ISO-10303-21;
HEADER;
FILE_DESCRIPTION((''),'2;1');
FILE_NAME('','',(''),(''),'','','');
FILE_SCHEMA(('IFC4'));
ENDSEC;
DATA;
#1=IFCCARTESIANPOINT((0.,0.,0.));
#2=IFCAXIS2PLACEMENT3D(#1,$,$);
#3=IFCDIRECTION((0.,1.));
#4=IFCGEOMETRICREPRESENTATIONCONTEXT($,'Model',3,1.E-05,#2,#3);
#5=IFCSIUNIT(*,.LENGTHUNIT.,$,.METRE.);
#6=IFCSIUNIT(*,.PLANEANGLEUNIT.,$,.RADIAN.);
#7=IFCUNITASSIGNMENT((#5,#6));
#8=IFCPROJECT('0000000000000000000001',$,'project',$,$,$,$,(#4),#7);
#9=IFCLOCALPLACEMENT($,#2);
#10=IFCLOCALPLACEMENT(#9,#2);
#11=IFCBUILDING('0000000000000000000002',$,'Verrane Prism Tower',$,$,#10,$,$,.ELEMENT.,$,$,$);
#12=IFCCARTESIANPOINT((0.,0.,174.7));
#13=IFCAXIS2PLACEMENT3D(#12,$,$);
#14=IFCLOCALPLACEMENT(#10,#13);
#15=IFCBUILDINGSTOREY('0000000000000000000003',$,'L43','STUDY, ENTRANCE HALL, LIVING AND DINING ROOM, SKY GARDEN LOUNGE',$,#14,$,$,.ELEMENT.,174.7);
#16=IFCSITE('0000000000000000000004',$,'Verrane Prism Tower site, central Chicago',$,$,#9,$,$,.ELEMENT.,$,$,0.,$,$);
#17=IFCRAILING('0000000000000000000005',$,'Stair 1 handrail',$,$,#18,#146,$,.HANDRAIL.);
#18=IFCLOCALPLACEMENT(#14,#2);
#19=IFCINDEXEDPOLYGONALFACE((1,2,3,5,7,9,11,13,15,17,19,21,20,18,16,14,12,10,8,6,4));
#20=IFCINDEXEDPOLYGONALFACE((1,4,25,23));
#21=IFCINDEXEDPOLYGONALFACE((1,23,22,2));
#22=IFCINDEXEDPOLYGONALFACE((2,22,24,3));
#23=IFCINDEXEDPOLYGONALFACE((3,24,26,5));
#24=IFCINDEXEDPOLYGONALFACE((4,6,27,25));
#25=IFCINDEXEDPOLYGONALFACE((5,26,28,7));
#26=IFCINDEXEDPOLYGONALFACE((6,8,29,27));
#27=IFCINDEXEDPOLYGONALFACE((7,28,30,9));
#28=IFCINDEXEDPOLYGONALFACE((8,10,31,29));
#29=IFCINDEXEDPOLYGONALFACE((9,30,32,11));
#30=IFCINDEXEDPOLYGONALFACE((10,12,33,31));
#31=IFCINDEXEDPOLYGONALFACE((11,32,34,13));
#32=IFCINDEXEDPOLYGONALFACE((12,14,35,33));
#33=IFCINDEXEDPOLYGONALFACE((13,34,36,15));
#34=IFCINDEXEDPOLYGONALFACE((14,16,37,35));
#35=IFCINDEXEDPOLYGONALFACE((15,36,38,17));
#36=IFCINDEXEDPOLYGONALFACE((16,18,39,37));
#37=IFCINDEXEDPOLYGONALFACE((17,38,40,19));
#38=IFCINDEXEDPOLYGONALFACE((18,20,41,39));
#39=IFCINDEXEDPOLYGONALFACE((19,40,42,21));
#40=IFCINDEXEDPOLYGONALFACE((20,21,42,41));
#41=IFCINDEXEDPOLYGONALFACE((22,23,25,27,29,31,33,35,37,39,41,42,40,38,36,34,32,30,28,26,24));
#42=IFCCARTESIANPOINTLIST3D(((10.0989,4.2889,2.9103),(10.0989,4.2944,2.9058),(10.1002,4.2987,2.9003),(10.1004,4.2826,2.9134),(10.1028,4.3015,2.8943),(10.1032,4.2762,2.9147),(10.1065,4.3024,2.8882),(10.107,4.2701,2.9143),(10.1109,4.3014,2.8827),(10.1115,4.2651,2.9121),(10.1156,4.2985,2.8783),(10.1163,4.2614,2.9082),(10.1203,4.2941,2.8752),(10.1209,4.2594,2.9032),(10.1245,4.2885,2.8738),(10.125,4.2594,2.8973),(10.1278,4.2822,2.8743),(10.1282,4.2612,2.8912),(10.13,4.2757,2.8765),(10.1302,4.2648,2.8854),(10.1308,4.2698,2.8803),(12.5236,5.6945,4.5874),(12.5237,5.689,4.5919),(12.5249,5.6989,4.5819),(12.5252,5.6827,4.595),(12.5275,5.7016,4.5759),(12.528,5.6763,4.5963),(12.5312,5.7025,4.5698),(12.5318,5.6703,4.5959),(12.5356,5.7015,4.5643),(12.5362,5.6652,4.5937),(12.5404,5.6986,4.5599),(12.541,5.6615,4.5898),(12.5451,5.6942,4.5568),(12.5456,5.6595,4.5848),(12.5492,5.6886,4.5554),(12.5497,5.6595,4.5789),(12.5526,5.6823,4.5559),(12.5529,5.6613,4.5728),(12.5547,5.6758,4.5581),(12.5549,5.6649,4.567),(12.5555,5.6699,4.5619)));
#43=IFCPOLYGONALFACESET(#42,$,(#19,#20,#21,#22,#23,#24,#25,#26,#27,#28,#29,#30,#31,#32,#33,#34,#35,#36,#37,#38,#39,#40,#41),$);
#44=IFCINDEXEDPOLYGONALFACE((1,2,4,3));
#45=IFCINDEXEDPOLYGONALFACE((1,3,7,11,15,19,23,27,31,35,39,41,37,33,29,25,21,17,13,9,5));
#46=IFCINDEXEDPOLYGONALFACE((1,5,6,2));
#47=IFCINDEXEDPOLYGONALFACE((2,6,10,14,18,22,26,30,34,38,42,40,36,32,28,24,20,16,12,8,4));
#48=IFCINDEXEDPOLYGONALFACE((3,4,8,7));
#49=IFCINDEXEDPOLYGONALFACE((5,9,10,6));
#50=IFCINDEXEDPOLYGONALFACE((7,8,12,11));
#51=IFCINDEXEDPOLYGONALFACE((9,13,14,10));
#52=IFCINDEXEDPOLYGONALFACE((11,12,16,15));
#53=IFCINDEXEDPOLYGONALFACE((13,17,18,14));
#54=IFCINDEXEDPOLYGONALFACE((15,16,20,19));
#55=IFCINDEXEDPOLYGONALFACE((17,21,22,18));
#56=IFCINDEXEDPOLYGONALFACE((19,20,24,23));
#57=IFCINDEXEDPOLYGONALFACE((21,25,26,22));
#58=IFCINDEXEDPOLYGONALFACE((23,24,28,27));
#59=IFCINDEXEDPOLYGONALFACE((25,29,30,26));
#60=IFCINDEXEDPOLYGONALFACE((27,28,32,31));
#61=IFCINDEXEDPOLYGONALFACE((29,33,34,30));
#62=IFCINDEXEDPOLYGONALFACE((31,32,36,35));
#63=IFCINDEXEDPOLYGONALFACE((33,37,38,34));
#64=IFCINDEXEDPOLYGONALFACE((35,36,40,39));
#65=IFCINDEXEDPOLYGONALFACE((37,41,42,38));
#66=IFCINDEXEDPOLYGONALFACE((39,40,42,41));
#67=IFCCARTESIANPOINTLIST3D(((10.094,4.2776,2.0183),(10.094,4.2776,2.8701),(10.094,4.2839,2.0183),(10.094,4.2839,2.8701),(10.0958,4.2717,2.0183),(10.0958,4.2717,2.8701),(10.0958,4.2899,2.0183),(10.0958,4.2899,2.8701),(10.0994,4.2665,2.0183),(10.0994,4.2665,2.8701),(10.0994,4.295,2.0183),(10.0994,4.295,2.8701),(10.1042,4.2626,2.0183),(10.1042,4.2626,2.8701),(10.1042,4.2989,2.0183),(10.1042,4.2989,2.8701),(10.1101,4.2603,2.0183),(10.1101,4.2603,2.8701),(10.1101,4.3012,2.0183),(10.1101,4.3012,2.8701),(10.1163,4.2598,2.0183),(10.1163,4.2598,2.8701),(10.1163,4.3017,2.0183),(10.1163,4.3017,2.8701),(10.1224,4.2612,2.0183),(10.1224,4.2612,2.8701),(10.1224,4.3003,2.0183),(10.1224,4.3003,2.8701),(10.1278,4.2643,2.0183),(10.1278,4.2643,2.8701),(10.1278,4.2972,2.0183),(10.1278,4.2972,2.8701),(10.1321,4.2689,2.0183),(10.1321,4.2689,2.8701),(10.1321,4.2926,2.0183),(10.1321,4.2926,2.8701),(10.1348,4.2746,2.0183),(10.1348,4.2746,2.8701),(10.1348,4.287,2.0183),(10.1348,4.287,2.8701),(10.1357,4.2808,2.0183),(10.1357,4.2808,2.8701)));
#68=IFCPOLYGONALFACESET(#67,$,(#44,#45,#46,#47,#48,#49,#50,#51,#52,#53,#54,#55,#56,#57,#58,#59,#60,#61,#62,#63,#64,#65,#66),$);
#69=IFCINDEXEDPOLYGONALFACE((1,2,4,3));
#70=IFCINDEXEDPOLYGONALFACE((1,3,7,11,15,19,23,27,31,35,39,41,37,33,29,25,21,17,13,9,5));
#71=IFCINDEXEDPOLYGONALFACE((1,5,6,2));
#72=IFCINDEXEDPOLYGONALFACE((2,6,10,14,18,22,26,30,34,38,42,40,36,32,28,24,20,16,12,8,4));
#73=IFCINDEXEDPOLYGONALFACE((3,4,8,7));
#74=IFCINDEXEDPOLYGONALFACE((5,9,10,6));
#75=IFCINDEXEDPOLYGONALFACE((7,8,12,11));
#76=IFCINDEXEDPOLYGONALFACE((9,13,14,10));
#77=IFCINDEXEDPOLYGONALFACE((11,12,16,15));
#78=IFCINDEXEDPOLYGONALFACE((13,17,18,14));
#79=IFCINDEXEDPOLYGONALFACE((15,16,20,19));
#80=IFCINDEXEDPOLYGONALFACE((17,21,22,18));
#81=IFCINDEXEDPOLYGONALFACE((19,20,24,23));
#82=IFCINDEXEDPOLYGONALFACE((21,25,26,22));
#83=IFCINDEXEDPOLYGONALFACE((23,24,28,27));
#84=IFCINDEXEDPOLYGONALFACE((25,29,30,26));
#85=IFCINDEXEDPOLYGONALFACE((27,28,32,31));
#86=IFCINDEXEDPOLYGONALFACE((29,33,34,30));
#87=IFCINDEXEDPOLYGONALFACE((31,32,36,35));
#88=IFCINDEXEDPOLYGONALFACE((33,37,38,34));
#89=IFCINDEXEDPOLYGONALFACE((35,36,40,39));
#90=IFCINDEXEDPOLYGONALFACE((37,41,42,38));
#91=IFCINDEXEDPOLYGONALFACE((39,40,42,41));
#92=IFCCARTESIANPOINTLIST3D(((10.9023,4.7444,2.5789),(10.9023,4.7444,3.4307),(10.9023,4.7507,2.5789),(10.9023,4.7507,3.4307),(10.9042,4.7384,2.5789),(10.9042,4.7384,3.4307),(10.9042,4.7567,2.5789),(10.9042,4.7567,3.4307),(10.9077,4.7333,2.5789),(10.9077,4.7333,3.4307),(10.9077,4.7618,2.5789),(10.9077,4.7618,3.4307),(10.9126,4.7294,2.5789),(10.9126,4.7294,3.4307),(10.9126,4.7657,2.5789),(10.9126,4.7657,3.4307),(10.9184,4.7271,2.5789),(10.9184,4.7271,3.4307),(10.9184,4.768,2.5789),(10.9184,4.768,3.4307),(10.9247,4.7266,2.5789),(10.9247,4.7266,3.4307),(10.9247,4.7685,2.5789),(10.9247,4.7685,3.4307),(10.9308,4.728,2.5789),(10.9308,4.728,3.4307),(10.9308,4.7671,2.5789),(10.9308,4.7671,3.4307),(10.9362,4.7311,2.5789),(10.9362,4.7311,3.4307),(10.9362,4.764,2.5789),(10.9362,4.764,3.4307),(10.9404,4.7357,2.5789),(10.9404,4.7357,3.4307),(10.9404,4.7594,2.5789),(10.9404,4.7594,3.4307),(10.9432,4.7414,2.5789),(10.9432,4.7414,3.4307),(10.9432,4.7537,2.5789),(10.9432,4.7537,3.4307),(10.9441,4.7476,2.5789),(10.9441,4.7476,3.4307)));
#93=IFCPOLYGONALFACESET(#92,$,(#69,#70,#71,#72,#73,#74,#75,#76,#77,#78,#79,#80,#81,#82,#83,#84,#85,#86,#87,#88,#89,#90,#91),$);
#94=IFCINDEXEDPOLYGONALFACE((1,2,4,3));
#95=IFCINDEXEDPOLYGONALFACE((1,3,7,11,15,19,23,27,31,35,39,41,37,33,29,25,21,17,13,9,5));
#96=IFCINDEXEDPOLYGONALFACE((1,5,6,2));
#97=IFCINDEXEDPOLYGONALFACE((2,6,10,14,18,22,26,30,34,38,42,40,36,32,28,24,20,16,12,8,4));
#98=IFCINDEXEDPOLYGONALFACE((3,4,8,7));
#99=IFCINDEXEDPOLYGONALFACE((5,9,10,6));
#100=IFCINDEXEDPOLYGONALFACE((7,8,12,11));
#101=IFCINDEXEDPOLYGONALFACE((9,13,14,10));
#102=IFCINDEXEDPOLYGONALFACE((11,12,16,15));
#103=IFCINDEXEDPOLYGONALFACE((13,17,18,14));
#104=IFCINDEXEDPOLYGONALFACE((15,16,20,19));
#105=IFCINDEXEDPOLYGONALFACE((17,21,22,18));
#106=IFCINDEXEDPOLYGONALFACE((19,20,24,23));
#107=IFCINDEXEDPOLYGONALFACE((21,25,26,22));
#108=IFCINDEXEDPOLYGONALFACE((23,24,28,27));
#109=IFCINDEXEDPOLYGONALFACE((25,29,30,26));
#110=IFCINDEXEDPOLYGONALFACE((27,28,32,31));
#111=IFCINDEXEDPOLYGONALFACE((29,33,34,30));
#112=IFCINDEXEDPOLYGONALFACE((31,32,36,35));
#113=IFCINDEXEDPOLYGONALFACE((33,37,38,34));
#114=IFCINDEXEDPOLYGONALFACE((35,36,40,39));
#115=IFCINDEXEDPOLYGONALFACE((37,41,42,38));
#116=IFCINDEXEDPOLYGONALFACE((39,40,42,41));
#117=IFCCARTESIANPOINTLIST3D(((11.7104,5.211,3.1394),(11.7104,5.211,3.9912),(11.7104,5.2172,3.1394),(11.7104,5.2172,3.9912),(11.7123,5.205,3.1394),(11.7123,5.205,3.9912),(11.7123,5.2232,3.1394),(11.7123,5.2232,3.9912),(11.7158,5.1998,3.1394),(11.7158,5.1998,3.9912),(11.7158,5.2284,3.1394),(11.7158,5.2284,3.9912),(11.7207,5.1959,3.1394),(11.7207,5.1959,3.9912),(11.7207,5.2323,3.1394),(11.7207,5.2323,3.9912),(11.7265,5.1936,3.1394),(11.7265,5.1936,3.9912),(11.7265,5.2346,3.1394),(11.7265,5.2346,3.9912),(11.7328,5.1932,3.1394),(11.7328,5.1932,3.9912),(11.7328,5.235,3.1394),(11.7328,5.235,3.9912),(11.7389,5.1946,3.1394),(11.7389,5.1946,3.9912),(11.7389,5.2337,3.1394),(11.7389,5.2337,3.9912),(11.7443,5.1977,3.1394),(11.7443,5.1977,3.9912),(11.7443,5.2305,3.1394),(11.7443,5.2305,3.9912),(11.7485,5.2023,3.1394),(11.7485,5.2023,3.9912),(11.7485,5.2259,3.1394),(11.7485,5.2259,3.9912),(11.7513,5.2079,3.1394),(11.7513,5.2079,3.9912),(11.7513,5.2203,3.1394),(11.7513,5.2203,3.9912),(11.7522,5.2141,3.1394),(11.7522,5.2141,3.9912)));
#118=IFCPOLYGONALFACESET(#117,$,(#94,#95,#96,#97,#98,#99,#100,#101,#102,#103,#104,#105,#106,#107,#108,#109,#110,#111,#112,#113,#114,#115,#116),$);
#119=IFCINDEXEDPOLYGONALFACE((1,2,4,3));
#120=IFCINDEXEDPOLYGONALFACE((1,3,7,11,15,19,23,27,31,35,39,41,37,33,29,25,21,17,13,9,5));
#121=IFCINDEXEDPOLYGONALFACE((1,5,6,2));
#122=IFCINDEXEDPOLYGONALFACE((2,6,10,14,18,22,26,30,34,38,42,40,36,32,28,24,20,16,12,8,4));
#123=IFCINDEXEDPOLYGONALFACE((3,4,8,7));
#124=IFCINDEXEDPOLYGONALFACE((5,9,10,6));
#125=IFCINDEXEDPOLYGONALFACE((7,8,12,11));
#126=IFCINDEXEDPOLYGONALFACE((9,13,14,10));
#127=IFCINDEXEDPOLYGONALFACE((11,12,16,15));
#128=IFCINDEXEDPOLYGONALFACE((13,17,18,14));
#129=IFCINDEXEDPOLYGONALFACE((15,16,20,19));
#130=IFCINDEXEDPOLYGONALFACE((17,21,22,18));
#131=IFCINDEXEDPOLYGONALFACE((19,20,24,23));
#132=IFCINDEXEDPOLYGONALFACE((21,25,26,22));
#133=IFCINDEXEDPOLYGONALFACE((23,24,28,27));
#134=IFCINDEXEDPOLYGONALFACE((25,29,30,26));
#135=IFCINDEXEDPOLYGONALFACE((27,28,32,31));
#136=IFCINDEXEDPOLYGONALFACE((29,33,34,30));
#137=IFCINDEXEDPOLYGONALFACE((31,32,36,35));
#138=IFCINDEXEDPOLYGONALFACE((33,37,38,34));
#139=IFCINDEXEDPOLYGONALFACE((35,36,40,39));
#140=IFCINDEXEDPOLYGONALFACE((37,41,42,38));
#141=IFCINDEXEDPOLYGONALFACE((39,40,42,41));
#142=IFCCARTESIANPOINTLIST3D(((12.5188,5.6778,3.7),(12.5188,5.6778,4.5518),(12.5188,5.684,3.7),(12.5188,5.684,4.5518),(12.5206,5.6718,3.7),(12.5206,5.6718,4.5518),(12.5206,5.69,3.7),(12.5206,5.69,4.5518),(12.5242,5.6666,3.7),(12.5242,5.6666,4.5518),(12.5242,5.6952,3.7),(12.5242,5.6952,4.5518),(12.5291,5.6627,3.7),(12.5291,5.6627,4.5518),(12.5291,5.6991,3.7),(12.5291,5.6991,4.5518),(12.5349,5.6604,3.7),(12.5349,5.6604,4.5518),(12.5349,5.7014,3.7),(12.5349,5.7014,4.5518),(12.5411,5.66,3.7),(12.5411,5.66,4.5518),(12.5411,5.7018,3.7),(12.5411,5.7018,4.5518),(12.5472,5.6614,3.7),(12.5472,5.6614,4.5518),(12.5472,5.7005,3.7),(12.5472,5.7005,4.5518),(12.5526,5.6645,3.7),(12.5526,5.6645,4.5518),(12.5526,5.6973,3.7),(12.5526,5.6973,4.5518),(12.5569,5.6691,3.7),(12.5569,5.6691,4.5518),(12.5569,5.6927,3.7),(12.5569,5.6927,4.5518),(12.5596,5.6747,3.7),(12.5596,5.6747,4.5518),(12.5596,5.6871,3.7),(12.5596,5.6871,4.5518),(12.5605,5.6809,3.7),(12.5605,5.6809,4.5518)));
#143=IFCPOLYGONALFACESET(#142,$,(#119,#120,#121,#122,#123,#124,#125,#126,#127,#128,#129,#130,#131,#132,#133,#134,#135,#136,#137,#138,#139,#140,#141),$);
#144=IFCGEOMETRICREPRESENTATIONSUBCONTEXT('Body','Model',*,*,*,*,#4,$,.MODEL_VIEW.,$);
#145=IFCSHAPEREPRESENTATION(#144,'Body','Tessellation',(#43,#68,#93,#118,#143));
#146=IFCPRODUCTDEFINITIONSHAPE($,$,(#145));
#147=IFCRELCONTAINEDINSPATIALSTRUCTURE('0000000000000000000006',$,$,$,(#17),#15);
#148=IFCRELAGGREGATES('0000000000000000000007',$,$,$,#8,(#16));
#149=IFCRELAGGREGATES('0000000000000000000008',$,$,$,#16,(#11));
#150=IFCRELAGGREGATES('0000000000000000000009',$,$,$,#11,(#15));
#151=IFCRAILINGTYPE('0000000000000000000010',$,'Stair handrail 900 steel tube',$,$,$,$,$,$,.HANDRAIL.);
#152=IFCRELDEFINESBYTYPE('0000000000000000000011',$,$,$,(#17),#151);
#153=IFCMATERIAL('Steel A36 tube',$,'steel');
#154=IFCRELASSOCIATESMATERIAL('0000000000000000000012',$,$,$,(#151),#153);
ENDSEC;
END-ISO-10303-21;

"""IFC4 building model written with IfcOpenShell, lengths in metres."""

from ifc_helpers import new_model, si_unit, direction, frame, origin, origin_2d, place, context, subcontext, project, spatial, circle, extrude, material, type_object, element, save


model = new_model("IFC4")

# Units and contexts
model_context = context("Model", 3, precision=1e-05, world=origin(), true_north=direction((0.0, 1.0)))
body_context = subcontext(model_context, "Body", "Model", "MODEL_VIEW")
ifc_project = project(units=[si_unit("LENGTHUNIT", "METRE"), si_unit("PLANEANGLEUNIT", "RADIAN")], contexts=[model_context])

# Site, building, storey
site_placement = place(None, origin())
site = spatial("IfcSite", under=ifc_project, at=site_placement, Name="Verrane Prism Tower site, central Chicago", CompositionType="ELEMENT", RefElevation=0.0)
building_placement = place(site_placement, origin())
building = spatial("IfcBuilding", under=site, at=building_placement, Name="Verrane Prism Tower", CompositionType="ELEMENT")
storey_placement = place(building_placement, frame((0.0, 0.0, 174.7)))
storey = spatial("IfcBuildingStorey", under=building, at=storey_placement, Name="L43", Description="STUDY, ENTRANCE HALL, LIVING AND DINING ROOM, SKY GARDEN LOUNGE", CompositionType="ELEMENT", Elevation=174.7)

# Railing
ifc_material_1 = material(Name="Steel A36 tube", Category="steel")
railing_type = type_object("IfcRailingType", Name="Stair handrail 900 steel tube", PredefinedType="HANDRAIL", material=ifc_material_1)
railing_placement = place(storey_placement, frame((10.1147, 4.2808, 2.0183)))
element("IfcRailing", 1, at=railing_placement, inside=storey, type_object=railing_type, Name="Stair 1 handrail", PredefinedType="HANDRAIL", context=body_context, shape_type="SweptSolid", body=[
    extrude(circle(Radius=0.0239, at=origin_2d()), frame((0.0, 0.0, 0.876), z_axis=(0.742395, 0.428679, 0.514863), x_axis=(-0.50005, 0.865997, 0.0)), (0.0, 0.0, 1.0), 3.2661),
    extrude(circle(Radius=0.021, at=origin_2d()), origin(), (0.0, 0.0, 1.0), 0.8518),
    extrude(circle(Radius=0.021, at=origin_2d()), frame((0.8083, 0.4668, 0.5605)), (0.0, 0.0, 1.0), 0.8518),
    extrude(circle(Radius=0.021, at=origin_2d()), frame((1.6165, 0.9333, 1.1211)), (0.0, 0.0, 1.0), 0.8518),
    extrude(circle(Radius=0.021, at=origin_2d()), frame((2.4248, 1.4001, 1.6816)), (0.0, 0.0, 1.0), 0.8518),
])

save(model, "model.ifc")
